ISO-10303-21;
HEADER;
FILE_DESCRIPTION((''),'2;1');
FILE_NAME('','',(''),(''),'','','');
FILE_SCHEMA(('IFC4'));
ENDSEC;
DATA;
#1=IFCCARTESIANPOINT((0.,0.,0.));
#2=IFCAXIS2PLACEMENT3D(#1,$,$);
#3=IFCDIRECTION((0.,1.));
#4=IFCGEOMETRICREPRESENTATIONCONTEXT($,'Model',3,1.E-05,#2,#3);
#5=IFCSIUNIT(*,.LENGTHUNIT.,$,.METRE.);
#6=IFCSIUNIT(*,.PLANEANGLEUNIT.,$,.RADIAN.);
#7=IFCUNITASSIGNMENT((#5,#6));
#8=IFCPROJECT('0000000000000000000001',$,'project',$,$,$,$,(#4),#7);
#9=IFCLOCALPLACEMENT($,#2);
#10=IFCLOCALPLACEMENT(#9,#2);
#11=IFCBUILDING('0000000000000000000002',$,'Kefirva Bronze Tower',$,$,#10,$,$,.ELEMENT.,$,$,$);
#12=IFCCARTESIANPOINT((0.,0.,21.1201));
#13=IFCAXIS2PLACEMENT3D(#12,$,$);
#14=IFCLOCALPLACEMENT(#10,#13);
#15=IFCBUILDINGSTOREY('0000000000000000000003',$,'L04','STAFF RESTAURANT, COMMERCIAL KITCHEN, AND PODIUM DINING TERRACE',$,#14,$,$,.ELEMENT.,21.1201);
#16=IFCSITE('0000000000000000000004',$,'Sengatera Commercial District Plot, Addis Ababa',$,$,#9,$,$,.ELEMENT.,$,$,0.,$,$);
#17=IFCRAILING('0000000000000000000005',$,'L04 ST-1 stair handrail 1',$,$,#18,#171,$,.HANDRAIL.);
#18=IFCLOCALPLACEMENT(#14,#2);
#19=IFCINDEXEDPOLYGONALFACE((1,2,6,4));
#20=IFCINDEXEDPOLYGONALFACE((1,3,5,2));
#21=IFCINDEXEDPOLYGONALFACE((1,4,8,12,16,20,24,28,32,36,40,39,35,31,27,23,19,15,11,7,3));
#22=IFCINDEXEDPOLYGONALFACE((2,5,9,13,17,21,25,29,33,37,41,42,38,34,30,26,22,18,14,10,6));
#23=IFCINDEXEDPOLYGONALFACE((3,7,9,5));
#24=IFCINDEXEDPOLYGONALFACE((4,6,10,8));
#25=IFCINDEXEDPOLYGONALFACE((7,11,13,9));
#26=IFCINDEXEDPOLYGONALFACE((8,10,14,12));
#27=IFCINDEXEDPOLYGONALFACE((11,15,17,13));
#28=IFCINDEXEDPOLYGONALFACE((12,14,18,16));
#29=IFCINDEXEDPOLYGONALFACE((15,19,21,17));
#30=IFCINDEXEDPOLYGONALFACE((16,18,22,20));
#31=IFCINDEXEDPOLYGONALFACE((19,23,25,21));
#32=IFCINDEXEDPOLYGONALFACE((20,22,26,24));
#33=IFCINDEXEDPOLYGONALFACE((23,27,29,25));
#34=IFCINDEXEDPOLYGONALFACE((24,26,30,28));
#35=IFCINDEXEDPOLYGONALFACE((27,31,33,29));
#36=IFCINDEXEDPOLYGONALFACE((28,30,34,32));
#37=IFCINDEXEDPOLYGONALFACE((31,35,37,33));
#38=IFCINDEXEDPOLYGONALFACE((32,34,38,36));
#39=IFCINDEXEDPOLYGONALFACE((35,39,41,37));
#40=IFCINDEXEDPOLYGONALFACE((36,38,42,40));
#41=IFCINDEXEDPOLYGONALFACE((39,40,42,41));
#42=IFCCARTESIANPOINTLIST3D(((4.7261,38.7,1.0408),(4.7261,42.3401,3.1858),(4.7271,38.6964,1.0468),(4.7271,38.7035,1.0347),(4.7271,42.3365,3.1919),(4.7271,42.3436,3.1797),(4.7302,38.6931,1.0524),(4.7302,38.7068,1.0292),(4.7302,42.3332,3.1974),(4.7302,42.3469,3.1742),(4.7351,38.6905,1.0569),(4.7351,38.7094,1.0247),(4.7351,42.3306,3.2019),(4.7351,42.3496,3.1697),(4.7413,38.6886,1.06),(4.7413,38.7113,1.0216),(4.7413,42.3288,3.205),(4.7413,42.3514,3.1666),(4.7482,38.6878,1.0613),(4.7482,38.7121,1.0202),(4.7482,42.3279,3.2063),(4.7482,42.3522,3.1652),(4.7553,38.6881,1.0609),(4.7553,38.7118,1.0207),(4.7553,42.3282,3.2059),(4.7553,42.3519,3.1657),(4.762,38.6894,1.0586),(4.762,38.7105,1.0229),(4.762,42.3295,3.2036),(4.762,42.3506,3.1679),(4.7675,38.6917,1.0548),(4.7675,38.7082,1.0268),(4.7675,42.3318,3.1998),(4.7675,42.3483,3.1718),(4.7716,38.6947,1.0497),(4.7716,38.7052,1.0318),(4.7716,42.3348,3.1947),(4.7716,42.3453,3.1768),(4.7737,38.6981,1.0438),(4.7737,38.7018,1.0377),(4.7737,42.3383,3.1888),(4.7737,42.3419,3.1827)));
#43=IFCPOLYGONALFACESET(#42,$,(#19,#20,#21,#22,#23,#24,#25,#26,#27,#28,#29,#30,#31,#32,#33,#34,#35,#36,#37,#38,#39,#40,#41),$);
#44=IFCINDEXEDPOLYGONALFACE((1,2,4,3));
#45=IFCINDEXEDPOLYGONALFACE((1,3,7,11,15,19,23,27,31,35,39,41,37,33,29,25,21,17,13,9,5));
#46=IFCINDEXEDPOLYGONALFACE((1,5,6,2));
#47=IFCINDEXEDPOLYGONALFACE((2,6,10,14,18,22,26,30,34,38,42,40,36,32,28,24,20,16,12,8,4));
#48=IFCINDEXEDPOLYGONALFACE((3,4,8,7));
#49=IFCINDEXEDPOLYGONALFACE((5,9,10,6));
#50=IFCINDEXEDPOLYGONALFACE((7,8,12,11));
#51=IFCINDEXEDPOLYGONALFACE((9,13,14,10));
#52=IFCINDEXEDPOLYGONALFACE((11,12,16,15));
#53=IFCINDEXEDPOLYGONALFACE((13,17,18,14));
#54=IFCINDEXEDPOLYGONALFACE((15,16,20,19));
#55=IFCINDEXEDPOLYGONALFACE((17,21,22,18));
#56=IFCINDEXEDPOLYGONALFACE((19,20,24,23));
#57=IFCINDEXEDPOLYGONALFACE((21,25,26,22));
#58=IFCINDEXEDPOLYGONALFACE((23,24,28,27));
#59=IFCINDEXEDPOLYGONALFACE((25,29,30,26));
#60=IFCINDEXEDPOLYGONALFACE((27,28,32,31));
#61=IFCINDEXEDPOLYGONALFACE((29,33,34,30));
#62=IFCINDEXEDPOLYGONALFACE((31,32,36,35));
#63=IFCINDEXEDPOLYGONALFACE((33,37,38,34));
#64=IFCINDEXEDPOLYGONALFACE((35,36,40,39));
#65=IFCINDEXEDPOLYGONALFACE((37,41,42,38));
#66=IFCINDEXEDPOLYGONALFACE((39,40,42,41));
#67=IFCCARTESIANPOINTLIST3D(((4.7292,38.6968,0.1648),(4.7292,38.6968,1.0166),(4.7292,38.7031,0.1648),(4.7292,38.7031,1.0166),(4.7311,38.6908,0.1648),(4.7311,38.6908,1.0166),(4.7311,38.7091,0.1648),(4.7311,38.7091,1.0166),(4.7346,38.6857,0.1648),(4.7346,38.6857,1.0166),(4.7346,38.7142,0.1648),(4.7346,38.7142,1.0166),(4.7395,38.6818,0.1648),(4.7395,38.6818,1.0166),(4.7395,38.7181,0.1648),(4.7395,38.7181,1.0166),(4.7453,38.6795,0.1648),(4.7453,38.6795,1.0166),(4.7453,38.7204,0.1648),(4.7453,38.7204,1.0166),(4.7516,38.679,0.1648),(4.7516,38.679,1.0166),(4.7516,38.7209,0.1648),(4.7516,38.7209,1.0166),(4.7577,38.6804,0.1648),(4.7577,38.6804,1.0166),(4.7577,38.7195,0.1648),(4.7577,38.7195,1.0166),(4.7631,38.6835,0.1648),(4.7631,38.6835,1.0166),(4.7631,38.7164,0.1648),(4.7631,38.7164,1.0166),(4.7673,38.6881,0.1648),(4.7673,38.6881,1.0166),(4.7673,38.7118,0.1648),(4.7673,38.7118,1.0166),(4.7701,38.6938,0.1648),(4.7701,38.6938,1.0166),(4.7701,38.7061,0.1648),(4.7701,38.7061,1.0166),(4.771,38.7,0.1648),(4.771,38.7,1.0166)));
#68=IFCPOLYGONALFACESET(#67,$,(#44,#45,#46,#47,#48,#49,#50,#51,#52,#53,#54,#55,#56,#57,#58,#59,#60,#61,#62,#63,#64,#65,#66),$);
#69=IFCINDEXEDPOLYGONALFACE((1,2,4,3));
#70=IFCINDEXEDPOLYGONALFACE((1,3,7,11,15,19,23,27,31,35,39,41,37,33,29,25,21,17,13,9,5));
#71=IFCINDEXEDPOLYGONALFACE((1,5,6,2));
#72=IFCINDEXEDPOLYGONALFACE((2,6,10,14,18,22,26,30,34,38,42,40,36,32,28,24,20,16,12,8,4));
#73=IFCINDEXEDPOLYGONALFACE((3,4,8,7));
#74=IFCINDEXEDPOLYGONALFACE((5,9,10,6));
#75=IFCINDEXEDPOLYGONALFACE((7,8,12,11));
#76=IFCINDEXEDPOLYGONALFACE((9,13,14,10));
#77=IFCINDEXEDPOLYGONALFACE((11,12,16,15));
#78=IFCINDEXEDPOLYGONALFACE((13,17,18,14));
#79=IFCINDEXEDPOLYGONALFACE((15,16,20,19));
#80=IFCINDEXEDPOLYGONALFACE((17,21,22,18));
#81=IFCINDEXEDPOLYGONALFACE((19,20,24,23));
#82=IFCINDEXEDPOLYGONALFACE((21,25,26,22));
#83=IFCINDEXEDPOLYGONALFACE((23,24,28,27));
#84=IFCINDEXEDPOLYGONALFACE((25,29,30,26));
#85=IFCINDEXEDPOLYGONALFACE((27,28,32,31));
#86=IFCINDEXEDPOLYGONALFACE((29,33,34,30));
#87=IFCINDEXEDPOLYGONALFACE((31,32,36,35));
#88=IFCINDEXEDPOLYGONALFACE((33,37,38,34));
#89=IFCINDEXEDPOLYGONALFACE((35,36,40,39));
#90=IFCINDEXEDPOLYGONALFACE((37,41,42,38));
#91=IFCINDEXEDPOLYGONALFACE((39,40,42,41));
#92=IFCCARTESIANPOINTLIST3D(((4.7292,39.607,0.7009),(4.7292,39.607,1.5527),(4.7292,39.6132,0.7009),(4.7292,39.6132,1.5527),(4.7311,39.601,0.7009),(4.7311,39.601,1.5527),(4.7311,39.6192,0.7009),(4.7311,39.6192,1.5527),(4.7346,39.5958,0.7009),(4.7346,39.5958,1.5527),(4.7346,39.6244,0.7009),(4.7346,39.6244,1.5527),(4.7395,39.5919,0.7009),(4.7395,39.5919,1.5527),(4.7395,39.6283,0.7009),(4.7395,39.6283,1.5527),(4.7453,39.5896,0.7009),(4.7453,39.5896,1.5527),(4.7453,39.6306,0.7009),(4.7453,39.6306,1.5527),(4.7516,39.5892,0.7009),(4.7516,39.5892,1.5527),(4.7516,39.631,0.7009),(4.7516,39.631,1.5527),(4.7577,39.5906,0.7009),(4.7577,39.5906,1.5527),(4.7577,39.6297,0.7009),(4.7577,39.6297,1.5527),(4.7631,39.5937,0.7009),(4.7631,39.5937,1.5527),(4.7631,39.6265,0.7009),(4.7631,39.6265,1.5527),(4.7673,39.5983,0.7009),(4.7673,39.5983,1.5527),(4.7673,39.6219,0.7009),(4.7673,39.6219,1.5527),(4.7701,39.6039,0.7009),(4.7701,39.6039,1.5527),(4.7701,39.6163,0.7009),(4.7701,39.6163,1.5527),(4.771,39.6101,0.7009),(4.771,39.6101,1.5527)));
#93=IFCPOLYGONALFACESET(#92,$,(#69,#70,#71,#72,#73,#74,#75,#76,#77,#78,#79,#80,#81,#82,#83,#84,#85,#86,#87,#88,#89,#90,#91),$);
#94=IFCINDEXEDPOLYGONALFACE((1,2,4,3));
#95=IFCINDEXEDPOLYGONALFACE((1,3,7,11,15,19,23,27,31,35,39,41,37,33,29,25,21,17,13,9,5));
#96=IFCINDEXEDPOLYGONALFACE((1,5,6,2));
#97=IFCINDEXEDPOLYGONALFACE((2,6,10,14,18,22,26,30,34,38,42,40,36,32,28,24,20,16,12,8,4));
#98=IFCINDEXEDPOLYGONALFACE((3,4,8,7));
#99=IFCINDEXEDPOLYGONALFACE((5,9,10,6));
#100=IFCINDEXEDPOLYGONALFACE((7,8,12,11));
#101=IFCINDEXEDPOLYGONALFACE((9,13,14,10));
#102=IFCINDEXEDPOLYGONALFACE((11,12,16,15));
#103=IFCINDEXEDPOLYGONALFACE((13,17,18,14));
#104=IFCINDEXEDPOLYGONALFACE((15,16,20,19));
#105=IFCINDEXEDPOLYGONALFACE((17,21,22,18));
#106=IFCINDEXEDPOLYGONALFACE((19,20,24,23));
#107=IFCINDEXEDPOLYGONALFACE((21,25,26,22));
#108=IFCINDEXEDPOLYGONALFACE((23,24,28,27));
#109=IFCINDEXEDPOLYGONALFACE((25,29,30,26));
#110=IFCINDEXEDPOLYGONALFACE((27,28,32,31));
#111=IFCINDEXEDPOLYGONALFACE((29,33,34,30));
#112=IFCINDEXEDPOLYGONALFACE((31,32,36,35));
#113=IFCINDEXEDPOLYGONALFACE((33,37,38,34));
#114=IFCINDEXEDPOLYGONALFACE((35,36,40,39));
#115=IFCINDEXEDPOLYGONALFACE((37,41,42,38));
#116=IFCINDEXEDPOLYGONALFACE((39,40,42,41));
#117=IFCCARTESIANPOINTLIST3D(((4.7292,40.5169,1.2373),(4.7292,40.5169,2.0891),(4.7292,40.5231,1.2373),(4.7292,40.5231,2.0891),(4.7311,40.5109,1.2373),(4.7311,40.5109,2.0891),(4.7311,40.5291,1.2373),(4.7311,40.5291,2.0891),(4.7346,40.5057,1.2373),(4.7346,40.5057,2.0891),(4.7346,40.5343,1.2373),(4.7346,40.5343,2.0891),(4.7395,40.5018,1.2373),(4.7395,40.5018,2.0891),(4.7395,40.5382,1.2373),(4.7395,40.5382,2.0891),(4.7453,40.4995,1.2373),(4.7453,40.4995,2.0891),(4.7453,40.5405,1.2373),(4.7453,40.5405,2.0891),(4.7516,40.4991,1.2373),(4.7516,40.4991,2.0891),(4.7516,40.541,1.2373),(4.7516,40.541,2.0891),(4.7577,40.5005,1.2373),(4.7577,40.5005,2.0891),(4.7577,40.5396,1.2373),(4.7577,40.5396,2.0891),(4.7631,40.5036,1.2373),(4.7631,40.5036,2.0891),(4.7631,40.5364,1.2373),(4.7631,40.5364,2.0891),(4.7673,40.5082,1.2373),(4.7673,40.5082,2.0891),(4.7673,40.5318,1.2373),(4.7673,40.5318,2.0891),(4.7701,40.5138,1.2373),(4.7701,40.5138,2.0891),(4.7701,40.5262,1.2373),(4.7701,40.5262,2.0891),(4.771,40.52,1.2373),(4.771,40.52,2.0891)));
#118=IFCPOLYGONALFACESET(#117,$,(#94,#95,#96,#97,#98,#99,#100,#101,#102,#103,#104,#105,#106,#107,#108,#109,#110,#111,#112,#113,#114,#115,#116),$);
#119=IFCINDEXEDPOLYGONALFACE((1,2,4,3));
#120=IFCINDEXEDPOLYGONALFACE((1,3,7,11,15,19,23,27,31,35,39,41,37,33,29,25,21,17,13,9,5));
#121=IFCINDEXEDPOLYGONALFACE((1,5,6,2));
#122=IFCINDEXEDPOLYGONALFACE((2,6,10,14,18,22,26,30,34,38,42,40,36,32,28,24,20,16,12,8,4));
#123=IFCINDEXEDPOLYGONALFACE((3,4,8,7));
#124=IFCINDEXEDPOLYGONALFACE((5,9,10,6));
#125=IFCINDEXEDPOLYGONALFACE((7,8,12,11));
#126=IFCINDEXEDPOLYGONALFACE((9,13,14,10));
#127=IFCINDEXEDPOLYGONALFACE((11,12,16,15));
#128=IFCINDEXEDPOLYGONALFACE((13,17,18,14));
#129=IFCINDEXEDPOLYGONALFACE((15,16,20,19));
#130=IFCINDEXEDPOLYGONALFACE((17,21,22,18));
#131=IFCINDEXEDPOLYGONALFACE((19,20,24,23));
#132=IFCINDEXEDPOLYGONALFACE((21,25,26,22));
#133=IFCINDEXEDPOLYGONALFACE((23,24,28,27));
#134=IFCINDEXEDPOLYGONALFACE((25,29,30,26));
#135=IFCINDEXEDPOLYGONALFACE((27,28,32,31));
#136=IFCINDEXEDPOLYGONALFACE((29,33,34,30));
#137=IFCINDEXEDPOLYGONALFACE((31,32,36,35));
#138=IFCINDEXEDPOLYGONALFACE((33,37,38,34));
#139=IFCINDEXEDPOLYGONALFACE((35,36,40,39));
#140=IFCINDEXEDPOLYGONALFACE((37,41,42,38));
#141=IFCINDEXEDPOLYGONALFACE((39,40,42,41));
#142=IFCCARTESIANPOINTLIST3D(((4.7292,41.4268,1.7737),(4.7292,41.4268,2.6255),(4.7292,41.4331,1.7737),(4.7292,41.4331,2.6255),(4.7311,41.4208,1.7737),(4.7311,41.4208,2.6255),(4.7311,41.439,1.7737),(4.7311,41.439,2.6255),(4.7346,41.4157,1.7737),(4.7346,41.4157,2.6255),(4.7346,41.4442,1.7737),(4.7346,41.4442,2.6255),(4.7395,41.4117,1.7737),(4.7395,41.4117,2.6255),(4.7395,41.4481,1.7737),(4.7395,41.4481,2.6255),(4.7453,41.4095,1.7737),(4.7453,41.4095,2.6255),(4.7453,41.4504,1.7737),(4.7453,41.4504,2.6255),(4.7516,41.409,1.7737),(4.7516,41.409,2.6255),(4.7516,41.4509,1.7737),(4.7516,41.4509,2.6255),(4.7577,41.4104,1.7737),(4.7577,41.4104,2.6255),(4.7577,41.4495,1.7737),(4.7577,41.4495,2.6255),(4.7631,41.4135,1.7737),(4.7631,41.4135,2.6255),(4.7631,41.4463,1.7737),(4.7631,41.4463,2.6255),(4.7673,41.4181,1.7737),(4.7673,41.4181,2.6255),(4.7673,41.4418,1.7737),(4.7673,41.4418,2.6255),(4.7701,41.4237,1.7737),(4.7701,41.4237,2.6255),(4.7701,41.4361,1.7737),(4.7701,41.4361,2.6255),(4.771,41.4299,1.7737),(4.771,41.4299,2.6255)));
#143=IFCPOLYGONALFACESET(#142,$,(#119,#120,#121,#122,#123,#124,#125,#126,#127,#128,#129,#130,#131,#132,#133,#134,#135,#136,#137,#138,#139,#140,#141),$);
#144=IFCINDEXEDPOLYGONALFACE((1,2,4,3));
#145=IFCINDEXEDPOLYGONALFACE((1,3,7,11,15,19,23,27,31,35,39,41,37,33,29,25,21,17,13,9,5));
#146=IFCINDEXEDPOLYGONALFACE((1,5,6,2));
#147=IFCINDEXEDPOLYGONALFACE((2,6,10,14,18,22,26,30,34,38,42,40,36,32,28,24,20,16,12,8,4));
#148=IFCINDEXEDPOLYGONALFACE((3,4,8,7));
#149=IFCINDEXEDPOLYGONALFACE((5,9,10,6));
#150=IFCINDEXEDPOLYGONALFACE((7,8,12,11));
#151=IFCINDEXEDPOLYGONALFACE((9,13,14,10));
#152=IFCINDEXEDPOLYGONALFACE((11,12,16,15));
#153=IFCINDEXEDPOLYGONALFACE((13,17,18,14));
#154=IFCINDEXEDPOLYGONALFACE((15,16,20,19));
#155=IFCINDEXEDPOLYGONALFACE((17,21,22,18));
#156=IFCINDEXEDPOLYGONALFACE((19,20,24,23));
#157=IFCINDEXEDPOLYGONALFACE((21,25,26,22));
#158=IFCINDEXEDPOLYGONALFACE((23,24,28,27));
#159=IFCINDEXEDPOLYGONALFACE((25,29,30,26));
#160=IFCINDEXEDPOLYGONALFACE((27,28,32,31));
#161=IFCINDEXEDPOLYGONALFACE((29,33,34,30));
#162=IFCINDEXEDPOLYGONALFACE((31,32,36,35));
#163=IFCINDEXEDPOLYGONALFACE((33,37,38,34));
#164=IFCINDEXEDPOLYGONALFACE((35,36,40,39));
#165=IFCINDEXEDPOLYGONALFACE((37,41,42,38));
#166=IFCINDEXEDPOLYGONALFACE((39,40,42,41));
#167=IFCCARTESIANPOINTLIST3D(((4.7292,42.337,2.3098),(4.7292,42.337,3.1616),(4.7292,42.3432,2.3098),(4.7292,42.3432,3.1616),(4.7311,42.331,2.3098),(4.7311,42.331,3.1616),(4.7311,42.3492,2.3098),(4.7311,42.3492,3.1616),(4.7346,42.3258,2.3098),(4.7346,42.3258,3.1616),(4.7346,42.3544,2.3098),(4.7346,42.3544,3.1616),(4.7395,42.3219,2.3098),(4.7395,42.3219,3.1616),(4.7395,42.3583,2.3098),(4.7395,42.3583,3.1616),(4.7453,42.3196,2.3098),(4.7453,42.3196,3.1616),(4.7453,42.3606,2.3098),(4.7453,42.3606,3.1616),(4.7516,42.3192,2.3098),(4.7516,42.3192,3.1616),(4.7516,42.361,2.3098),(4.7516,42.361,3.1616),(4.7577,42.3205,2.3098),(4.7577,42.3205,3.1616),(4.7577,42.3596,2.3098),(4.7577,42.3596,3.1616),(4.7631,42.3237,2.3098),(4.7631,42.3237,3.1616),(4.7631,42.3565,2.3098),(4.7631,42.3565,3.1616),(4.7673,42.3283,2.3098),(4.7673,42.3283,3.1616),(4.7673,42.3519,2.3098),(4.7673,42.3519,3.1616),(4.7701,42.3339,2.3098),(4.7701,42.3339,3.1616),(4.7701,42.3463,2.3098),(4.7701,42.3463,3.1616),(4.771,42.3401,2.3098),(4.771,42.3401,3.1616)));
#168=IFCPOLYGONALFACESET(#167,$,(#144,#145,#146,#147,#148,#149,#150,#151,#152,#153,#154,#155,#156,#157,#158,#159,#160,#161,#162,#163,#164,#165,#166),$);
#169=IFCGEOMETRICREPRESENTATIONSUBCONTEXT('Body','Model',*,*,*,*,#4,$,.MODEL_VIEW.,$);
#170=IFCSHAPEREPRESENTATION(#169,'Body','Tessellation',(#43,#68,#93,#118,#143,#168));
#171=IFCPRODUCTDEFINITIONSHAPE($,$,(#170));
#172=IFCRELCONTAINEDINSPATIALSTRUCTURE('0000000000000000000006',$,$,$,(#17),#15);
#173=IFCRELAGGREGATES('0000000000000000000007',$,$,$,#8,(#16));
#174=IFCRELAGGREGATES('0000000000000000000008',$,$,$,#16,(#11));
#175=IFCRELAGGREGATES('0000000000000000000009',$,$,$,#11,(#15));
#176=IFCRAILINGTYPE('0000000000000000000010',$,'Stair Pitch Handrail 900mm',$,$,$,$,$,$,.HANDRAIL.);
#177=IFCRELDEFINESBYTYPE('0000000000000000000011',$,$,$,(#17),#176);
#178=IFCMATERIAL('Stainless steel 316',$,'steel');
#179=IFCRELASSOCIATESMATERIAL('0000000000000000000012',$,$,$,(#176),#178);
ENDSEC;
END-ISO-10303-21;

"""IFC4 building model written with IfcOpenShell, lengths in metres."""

from ifc_helpers import new_model, si_unit, direction, frame, origin, origin_2d, place, context, subcontext, project, spatial, circle, extrude, material, type_object, element, save


model = new_model("IFC4")

# Units and contexts
model_context = context("Model", 3, precision=1e-05, world=origin(), true_north=direction((0.0, 1.0)))
body_context = subcontext(model_context, "Body", "Model", "MODEL_VIEW")
ifc_project = project(units=[si_unit("LENGTHUNIT", "METRE"), si_unit("PLANEANGLEUNIT", "RADIAN")], contexts=[model_context])

# Site, building, storey
site_placement = place(None, origin())
site = spatial("IfcSite", under=ifc_project, at=site_placement, Name="Sengatera Commercial District Plot, Addis Ababa", CompositionType="ELEMENT", RefElevation=0.0)
building_placement = place(site_placement, origin())
building = spatial("IfcBuilding", under=site, at=building_placement, Name="Kefirva Bronze Tower", CompositionType="ELEMENT")
storey_placement = place(building_placement, frame((0.0, 0.0, 21.1201)))
storey = spatial("IfcBuildingStorey", under=building, at=storey_placement, Name="L04", Description="STAFF RESTAURANT, COMMERCIAL KITCHEN, AND PODIUM DINING TERRACE", CompositionType="ELEMENT", Elevation=21.1201)

# Shared definitions
ifc_material_1 = material(Name="Stainless steel 316", Category="steel")

# Railing
railing_type_1 = type_object("IfcRailingType", Name="Stair Pitch Handrail 900mm", PredefinedType="HANDRAIL", material=ifc_material_1)
railing_1_placement = place(storey_placement, frame((4.75, 38.7, 0.1648)))
element("IfcRailing", 1, at=railing_1_placement, inside=storey, type_object=railing_type_1, Name="L04 ST-1 stair handrail 1", PredefinedType="HANDRAIL", context=body_context, shape_type="SweptSolid", body=[
    extrude(circle(Radius=0.0239, at=origin_2d()), frame((0.0, 0.0, 0.876), z_axis=(0.0, 0.861545, 0.507682), x_axis=(-1.0, 0.0, 0.0)), (0.0, 0.0, 1.0), 4.2251),
    extrude(circle(Radius=0.021, at=origin_2d()), origin(), (0.0, 0.0, 1.0), 0.8518),
    extrude(circle(Radius=0.021, at=origin_2d()), frame((0.0, 0.9102, 0.5361)), (0.0, 0.0, 1.0), 0.8518),
    extrude(circle(Radius=0.021, at=origin_2d()), frame((0.0, 1.8201, 1.0725)), (0.0, 0.0, 1.0), 0.8518),
    extrude(circle(Radius=0.021, at=origin_2d()), frame((0.0, 2.73, 1.6089)), (0.0, 0.0, 1.0), 0.8518),
    extrude(circle(Radius=0.021, at=origin_2d()), frame((0.0, 3.6401, 2.145)), (0.0, 0.0, 1.0), 0.8518),
])

save(model, "model.ifc")
